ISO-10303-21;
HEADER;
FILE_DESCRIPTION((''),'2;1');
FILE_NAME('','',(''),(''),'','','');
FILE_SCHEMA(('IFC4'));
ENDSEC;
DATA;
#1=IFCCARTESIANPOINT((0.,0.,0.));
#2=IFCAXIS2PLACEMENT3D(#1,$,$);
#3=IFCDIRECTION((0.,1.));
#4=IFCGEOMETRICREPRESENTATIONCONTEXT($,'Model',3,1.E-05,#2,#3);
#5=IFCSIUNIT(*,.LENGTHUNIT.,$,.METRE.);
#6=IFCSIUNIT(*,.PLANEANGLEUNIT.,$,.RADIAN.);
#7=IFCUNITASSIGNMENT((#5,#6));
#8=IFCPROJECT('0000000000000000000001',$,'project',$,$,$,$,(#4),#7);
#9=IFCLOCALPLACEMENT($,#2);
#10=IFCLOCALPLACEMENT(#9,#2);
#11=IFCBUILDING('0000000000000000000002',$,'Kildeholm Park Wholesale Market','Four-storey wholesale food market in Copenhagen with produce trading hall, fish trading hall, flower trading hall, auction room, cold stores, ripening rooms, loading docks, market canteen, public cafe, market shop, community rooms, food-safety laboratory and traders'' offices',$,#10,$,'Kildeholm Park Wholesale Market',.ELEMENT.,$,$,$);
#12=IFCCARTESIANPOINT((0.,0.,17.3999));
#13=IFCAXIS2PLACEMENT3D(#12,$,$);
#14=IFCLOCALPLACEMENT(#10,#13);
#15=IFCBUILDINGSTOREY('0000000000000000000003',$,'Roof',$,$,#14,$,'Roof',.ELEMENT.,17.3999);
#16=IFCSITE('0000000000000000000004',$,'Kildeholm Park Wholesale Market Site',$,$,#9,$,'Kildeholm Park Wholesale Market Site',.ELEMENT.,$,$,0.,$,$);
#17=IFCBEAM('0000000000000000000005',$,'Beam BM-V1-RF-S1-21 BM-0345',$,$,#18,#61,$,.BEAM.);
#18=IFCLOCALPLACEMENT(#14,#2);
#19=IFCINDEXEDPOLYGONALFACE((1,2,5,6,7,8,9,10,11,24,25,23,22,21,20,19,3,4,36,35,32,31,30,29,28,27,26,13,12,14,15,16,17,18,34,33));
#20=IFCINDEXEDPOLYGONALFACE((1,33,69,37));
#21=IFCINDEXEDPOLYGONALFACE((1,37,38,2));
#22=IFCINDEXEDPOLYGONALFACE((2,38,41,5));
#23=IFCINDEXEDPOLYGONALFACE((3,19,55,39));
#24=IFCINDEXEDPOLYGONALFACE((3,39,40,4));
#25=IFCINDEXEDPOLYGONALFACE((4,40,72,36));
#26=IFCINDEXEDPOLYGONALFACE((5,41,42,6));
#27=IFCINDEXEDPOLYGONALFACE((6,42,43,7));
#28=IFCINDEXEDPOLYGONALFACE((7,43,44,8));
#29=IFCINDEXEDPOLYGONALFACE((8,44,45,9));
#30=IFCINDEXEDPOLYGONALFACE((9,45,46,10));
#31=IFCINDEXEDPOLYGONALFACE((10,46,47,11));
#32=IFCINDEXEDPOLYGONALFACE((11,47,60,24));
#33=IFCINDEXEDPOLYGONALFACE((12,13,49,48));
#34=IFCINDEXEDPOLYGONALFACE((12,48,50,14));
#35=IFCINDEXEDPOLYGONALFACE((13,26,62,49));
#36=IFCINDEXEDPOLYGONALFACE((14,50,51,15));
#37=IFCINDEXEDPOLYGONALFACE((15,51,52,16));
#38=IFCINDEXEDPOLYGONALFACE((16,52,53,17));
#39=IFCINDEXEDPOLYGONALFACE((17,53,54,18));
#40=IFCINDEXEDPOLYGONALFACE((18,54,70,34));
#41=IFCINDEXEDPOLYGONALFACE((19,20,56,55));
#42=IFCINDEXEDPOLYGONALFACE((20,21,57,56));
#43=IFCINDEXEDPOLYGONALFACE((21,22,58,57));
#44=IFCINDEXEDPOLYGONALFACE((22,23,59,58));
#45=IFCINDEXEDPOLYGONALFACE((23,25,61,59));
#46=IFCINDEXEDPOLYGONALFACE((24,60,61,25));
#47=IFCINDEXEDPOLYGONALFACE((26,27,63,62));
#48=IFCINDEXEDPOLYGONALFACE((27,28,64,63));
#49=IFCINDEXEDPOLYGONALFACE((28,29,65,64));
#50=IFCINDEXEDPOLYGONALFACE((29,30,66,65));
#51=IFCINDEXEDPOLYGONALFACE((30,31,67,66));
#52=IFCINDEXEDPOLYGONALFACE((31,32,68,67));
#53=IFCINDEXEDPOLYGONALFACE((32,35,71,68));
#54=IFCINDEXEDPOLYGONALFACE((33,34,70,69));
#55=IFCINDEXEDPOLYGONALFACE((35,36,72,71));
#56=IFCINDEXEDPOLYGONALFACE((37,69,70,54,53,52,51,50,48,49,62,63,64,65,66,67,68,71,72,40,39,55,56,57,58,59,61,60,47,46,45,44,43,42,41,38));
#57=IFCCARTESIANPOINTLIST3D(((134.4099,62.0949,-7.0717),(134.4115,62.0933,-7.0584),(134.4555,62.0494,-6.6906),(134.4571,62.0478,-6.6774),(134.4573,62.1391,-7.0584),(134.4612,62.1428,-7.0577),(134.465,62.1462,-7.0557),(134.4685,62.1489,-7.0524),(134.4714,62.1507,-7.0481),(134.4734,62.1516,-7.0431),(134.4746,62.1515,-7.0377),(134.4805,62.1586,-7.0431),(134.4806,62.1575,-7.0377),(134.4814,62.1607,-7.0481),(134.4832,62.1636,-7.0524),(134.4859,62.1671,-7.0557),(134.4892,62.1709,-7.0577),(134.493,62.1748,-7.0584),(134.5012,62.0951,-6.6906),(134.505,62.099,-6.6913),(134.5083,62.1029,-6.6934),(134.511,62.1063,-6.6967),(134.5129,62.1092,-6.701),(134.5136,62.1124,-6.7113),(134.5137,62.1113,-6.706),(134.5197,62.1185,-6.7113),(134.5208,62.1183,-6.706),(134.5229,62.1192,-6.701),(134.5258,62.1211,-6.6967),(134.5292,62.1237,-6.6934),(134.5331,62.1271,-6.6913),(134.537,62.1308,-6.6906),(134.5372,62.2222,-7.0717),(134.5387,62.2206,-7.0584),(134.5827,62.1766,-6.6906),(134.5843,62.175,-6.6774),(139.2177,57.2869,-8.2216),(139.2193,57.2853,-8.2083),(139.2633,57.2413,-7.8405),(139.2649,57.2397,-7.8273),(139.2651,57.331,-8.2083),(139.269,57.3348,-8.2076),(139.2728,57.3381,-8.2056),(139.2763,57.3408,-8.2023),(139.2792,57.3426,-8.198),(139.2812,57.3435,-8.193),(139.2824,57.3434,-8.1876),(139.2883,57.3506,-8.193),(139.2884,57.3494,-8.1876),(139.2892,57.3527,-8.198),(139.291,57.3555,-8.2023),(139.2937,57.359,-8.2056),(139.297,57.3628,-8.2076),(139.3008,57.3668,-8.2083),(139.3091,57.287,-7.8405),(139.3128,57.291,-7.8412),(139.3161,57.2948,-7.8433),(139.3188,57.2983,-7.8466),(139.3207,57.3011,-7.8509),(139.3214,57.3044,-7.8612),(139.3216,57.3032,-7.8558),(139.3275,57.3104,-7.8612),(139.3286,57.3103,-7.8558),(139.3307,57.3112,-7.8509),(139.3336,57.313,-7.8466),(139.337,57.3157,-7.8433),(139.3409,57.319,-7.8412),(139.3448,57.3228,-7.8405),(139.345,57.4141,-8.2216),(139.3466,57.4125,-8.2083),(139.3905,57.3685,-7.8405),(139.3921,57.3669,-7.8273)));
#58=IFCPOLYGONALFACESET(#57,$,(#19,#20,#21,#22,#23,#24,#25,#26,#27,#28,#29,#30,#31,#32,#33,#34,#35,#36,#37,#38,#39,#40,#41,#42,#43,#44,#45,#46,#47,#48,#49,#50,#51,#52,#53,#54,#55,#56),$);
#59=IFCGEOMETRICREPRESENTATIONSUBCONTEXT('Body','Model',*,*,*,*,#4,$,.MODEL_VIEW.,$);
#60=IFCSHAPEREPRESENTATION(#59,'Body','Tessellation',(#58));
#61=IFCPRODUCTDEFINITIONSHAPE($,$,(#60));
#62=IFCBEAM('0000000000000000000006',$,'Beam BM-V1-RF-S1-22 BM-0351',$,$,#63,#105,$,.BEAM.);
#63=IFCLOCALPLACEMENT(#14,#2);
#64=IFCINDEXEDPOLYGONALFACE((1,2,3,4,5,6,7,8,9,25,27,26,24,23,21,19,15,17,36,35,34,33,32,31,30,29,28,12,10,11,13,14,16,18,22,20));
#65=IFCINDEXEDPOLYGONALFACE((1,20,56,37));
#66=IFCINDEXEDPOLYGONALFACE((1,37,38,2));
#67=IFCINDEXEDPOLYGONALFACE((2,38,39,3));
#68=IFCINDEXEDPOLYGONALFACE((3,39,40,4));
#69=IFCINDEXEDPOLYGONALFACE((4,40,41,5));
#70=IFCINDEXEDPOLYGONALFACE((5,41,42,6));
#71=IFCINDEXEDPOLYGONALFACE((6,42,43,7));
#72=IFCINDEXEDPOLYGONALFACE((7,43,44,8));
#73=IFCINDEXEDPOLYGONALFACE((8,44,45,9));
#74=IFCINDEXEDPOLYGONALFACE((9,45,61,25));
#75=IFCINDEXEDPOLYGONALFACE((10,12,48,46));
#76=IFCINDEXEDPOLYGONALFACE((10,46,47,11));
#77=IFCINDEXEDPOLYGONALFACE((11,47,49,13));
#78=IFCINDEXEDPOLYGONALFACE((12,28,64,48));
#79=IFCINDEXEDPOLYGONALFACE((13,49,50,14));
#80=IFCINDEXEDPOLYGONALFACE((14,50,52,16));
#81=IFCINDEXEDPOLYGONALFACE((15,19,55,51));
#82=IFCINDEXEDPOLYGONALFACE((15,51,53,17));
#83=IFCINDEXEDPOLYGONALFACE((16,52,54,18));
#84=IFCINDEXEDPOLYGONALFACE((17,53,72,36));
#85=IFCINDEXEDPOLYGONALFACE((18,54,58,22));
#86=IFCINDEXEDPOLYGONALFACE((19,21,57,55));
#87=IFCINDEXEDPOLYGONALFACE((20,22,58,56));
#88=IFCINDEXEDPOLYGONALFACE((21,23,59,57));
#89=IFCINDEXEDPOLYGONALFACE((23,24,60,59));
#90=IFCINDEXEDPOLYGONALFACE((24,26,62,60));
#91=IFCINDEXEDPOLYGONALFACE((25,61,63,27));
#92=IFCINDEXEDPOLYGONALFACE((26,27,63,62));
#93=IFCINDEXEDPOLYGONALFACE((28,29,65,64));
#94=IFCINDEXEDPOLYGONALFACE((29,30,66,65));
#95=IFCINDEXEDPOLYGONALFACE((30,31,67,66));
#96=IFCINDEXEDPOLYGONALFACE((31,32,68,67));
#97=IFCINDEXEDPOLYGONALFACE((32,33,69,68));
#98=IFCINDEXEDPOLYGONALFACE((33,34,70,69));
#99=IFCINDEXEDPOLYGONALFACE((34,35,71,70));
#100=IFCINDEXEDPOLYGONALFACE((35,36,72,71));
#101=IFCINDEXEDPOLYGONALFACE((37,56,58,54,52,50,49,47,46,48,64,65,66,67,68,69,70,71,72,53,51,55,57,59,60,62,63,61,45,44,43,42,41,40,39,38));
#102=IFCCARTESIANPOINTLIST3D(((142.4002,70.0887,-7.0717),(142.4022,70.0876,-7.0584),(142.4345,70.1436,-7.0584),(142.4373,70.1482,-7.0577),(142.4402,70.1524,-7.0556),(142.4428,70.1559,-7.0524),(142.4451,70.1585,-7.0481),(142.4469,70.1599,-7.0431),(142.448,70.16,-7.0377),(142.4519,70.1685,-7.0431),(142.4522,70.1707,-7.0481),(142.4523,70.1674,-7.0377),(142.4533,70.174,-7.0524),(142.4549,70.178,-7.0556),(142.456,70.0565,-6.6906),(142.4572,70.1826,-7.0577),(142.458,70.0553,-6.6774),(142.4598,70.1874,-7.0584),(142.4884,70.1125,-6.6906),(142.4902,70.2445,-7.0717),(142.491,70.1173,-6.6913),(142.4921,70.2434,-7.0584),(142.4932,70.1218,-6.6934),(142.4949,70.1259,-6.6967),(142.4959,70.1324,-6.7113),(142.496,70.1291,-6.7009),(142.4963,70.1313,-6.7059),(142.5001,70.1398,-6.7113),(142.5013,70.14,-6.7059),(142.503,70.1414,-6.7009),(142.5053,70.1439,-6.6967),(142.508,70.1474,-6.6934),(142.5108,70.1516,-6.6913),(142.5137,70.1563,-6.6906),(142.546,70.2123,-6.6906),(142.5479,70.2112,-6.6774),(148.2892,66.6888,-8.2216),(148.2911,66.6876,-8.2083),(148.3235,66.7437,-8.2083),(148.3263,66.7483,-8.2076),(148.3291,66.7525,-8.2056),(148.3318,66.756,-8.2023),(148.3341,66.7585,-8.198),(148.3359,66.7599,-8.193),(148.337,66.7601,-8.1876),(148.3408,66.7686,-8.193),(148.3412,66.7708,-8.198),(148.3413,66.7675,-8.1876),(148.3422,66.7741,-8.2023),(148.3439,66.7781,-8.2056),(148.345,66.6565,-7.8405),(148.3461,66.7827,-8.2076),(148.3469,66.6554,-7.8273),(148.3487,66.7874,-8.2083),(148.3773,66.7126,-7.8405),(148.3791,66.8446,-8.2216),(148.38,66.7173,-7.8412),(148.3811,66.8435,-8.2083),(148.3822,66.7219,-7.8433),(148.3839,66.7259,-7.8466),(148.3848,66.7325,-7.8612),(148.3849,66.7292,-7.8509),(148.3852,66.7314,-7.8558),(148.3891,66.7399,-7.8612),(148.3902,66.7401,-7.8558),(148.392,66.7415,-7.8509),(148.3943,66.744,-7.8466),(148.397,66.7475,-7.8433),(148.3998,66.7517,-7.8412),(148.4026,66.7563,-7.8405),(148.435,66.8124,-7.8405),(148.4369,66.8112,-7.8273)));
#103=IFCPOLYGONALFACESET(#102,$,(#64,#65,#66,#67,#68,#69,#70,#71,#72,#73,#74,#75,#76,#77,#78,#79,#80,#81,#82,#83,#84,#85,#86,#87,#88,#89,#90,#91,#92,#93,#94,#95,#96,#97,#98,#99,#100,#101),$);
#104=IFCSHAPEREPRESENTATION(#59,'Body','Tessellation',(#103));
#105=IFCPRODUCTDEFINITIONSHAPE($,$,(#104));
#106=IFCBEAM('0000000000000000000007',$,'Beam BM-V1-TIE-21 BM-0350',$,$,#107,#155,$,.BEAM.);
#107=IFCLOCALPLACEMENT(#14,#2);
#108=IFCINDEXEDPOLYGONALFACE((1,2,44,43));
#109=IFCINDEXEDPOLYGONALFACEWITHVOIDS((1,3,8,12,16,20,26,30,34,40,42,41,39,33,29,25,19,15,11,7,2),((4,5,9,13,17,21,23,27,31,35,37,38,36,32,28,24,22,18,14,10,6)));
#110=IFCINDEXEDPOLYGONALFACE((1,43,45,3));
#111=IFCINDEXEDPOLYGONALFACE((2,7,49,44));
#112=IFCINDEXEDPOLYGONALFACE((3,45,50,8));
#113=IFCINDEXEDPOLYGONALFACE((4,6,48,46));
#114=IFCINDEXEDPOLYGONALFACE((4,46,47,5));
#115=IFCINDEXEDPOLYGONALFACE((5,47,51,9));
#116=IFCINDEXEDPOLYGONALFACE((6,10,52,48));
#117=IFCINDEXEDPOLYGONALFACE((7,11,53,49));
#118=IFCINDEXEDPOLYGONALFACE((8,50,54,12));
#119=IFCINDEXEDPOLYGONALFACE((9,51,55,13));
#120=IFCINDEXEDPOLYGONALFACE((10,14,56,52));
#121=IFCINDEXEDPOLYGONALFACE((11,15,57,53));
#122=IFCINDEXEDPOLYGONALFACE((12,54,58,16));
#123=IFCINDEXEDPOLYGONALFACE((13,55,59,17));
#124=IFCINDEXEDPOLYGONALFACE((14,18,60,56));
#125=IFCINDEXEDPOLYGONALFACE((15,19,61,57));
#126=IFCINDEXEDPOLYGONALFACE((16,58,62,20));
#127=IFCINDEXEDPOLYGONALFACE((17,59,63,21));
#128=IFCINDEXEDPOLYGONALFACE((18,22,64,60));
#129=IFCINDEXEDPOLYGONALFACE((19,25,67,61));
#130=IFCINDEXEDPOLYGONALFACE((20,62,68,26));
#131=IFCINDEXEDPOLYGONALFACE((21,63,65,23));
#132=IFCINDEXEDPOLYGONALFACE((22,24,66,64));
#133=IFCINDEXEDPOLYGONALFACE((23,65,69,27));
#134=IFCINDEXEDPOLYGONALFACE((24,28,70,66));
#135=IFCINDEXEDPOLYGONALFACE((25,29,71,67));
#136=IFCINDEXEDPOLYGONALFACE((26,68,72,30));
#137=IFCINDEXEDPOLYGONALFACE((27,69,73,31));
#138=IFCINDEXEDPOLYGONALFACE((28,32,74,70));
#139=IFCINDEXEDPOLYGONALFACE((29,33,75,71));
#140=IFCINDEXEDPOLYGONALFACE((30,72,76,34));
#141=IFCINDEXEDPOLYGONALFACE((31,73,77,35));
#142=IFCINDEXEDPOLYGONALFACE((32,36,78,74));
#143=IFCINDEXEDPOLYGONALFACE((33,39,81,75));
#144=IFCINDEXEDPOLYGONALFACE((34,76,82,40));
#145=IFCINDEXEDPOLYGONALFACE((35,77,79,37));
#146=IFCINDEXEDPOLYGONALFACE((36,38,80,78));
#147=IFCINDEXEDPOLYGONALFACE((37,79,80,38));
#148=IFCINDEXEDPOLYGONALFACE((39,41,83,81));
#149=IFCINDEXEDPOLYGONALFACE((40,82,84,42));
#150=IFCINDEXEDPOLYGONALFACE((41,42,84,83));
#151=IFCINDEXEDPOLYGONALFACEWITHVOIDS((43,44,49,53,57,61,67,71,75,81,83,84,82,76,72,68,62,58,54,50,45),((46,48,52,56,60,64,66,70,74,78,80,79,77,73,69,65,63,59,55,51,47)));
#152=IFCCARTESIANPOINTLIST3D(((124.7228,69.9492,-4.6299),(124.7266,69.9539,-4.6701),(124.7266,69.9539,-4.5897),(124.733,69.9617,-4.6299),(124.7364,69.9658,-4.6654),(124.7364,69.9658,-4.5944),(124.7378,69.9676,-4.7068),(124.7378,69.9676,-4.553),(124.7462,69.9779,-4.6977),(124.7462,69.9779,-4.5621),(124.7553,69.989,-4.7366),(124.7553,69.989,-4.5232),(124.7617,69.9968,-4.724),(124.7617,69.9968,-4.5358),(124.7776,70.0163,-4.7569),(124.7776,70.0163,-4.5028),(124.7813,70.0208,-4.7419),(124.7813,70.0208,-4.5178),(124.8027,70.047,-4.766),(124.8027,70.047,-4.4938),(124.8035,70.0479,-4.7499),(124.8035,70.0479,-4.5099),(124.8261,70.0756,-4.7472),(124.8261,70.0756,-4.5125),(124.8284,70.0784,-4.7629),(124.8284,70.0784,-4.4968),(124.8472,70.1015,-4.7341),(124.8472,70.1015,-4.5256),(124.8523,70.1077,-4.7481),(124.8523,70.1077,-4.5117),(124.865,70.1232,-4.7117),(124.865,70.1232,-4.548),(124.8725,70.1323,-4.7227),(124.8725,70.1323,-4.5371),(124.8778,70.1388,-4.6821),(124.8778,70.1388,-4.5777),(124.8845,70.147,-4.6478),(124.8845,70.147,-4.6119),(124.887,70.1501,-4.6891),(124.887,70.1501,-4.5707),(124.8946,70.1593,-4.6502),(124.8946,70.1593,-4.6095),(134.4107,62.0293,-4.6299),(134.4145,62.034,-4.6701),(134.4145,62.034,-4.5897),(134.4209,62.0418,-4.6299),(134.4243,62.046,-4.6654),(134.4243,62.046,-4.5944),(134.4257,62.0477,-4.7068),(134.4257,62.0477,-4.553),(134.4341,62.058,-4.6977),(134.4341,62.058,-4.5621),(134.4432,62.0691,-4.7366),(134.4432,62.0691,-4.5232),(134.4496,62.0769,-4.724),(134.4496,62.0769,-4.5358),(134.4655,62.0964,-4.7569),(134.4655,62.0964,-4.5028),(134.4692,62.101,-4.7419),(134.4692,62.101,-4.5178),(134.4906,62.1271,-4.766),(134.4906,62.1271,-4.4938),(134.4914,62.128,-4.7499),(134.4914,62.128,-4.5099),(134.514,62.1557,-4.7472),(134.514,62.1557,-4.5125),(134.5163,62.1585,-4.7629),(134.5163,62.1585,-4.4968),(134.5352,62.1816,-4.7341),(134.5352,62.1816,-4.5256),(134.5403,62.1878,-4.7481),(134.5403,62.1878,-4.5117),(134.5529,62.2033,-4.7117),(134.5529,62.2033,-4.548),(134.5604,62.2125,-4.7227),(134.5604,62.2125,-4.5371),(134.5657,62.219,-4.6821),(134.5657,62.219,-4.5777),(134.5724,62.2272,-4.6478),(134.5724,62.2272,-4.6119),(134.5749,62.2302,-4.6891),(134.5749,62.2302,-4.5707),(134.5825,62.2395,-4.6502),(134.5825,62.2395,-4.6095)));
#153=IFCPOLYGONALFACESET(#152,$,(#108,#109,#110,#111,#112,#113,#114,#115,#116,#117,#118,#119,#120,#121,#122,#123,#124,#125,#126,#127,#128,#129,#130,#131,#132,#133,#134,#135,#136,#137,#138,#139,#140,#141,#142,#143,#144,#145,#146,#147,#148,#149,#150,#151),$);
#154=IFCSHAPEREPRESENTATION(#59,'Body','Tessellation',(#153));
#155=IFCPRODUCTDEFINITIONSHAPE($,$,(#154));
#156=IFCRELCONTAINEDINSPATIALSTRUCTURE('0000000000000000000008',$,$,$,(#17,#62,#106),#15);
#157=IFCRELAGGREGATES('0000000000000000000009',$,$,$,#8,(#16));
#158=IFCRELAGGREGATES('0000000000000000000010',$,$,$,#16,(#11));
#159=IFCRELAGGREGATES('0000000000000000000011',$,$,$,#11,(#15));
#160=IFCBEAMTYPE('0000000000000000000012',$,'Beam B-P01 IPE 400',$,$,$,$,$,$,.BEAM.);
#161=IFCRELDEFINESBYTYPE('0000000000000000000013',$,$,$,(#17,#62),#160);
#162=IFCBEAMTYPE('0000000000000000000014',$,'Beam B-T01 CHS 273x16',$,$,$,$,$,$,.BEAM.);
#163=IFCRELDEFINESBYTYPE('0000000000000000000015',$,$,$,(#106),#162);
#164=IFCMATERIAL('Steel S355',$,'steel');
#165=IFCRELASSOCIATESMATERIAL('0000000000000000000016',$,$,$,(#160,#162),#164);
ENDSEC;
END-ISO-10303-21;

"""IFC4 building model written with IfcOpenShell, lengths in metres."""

from ifc_helpers import new_model, si_unit, direction, frame, origin, origin_2d, place, context, subcontext, project, spatial, hollow_circle, i_section, extrude, material, material_profile, profile_set, type_object, element, save


model = new_model("IFC4")

# Units and contexts
model_context = context("Model", 3, precision=1e-05, world=origin(), true_north=direction((0.0, 1.0)))
body_context = subcontext(model_context, "Body", "Model", "MODEL_VIEW")
ifc_project = project(units=[si_unit("LENGTHUNIT", "METRE"), si_unit("PLANEANGLEUNIT", "RADIAN")], contexts=[model_context])

# Site, building, storey
site_placement = place(None, origin())
site = spatial("IfcSite", under=ifc_project, at=site_placement, Name="Kildeholm Park Wholesale Market Site", LongName="Kildeholm Park Wholesale Market Site", CompositionType="ELEMENT", RefElevation=0.0)
building_placement = place(site_placement, origin())
building = spatial("IfcBuilding", under=site, at=building_placement, Name="Kildeholm Park Wholesale Market", Description="Four-storey wholesale food market in Copenhagen with produce trading hall, fish trading hall, flower trading hall, auction room, cold stores, ripening rooms, loading docks, market canteen, public cafe, market shop, community rooms, food-safety laboratory and traders' offices", LongName="Kildeholm Park Wholesale Market", CompositionType="ELEMENT")
storey_placement = place(building_placement, frame((0.0, 0.0, 17.3999)))
storey = spatial("IfcBuildingStorey", under=building, at=storey_placement, Name="Roof", LongName="Roof", CompositionType="ELEMENT", Elevation=17.3999)

# Beams
ifc_material_1 = material(Name="Steel S355", Category="steel")
ifc_material_profile_1 = material_profile(ifc_material_1, i_section(OverallWidth=0.1799, OverallDepth=0.3999, WebThickness=0.0085, FlangeThickness=0.0134, FilletRadius=0.021, at=origin_2d()), Name="IPE 400")
ifc_profile_set_1 = profile_set([ifc_material_profile_1], Name="Steel S355")
beam_type_1 = type_object("IfcBeamType", Name="Beam B-P01 IPE 400", PredefinedType="BEAM", material=ifc_profile_set_1)
beam_1_placement = place(storey_placement, frame((139.3049, 57.3269, -8.0244), z_axis=(-0.697189, 0.697225, 0.166748), x_axis=(-0.707125, -0.707089, 0.0)))
element("IfcBeam", 1, at=beam_1_placement, inside=storey, type_object=beam_type_1, Name="Beam BM-V1-RF-S1-21 BM-0345", PredefinedType="BEAM", context=body_context, shape_type="SweptSolid", body=[
    extrude(i_section(OverallWidth=0.1799, OverallDepth=0.3999, WebThickness=0.0085, FlangeThickness=0.0134, FilletRadius=0.021, at=origin_2d()), origin(), (0.0, 0.0, 1.0), 6.896),
])
beam_2_placement = place(storey_placement, frame((148.363, 66.75, -8.0244), z_axis=(-0.853906, 0.492994, 0.166738), x_axis=(-0.499993, -0.86603, 0.0)))
element("IfcBeam", 2, at=beam_2_placement, inside=storey, type_object=beam_type_1, Name="Beam BM-V1-RF-S1-22 BM-0351", PredefinedType="BEAM", context=body_context, shape_type="SweptSolid", body=[
    extrude(i_section(OverallWidth=0.1799, OverallDepth=0.3999, WebThickness=0.0085, FlangeThickness=0.0134, FilletRadius=0.021, at=origin_2d()), origin(), (0.0, 0.0, 1.0), 6.8965),
])
ifc_material_profile_2 = material_profile(ifc_material_1, hollow_circle(Radius=0.1365, WallThickness=0.0161, at=origin_2d()), Name="CHS 273x16")
ifc_profile_set_2 = profile_set([ifc_material_profile_2], Name="Steel S355")
beam_type_2 = type_object("IfcBeamType", Name="Beam B-T01 CHS 273x16", PredefinedType="BEAM", material=ifc_profile_set_2)
beam_3_placement = place(storey_placement, frame((134.4971, 62.135, -4.6299), z_axis=(-0.774216, 0.632921, 0.0), x_axis=(-0.632921, -0.774216, 0.0)))
element("IfcBeam", 3, at=beam_3_placement, inside=storey, type_object=beam_type_2, Name="Beam BM-V1-TIE-21 BM-0350", PredefinedType="BEAM", context=body_context, shape_type="SweptSolid", body=[
    extrude(hollow_circle(Radius=0.1365, WallThickness=0.0161, at=origin_2d()), origin(), (0.0, 0.0, 1.0), 12.5132),
])

save(model, "model.ifc")
